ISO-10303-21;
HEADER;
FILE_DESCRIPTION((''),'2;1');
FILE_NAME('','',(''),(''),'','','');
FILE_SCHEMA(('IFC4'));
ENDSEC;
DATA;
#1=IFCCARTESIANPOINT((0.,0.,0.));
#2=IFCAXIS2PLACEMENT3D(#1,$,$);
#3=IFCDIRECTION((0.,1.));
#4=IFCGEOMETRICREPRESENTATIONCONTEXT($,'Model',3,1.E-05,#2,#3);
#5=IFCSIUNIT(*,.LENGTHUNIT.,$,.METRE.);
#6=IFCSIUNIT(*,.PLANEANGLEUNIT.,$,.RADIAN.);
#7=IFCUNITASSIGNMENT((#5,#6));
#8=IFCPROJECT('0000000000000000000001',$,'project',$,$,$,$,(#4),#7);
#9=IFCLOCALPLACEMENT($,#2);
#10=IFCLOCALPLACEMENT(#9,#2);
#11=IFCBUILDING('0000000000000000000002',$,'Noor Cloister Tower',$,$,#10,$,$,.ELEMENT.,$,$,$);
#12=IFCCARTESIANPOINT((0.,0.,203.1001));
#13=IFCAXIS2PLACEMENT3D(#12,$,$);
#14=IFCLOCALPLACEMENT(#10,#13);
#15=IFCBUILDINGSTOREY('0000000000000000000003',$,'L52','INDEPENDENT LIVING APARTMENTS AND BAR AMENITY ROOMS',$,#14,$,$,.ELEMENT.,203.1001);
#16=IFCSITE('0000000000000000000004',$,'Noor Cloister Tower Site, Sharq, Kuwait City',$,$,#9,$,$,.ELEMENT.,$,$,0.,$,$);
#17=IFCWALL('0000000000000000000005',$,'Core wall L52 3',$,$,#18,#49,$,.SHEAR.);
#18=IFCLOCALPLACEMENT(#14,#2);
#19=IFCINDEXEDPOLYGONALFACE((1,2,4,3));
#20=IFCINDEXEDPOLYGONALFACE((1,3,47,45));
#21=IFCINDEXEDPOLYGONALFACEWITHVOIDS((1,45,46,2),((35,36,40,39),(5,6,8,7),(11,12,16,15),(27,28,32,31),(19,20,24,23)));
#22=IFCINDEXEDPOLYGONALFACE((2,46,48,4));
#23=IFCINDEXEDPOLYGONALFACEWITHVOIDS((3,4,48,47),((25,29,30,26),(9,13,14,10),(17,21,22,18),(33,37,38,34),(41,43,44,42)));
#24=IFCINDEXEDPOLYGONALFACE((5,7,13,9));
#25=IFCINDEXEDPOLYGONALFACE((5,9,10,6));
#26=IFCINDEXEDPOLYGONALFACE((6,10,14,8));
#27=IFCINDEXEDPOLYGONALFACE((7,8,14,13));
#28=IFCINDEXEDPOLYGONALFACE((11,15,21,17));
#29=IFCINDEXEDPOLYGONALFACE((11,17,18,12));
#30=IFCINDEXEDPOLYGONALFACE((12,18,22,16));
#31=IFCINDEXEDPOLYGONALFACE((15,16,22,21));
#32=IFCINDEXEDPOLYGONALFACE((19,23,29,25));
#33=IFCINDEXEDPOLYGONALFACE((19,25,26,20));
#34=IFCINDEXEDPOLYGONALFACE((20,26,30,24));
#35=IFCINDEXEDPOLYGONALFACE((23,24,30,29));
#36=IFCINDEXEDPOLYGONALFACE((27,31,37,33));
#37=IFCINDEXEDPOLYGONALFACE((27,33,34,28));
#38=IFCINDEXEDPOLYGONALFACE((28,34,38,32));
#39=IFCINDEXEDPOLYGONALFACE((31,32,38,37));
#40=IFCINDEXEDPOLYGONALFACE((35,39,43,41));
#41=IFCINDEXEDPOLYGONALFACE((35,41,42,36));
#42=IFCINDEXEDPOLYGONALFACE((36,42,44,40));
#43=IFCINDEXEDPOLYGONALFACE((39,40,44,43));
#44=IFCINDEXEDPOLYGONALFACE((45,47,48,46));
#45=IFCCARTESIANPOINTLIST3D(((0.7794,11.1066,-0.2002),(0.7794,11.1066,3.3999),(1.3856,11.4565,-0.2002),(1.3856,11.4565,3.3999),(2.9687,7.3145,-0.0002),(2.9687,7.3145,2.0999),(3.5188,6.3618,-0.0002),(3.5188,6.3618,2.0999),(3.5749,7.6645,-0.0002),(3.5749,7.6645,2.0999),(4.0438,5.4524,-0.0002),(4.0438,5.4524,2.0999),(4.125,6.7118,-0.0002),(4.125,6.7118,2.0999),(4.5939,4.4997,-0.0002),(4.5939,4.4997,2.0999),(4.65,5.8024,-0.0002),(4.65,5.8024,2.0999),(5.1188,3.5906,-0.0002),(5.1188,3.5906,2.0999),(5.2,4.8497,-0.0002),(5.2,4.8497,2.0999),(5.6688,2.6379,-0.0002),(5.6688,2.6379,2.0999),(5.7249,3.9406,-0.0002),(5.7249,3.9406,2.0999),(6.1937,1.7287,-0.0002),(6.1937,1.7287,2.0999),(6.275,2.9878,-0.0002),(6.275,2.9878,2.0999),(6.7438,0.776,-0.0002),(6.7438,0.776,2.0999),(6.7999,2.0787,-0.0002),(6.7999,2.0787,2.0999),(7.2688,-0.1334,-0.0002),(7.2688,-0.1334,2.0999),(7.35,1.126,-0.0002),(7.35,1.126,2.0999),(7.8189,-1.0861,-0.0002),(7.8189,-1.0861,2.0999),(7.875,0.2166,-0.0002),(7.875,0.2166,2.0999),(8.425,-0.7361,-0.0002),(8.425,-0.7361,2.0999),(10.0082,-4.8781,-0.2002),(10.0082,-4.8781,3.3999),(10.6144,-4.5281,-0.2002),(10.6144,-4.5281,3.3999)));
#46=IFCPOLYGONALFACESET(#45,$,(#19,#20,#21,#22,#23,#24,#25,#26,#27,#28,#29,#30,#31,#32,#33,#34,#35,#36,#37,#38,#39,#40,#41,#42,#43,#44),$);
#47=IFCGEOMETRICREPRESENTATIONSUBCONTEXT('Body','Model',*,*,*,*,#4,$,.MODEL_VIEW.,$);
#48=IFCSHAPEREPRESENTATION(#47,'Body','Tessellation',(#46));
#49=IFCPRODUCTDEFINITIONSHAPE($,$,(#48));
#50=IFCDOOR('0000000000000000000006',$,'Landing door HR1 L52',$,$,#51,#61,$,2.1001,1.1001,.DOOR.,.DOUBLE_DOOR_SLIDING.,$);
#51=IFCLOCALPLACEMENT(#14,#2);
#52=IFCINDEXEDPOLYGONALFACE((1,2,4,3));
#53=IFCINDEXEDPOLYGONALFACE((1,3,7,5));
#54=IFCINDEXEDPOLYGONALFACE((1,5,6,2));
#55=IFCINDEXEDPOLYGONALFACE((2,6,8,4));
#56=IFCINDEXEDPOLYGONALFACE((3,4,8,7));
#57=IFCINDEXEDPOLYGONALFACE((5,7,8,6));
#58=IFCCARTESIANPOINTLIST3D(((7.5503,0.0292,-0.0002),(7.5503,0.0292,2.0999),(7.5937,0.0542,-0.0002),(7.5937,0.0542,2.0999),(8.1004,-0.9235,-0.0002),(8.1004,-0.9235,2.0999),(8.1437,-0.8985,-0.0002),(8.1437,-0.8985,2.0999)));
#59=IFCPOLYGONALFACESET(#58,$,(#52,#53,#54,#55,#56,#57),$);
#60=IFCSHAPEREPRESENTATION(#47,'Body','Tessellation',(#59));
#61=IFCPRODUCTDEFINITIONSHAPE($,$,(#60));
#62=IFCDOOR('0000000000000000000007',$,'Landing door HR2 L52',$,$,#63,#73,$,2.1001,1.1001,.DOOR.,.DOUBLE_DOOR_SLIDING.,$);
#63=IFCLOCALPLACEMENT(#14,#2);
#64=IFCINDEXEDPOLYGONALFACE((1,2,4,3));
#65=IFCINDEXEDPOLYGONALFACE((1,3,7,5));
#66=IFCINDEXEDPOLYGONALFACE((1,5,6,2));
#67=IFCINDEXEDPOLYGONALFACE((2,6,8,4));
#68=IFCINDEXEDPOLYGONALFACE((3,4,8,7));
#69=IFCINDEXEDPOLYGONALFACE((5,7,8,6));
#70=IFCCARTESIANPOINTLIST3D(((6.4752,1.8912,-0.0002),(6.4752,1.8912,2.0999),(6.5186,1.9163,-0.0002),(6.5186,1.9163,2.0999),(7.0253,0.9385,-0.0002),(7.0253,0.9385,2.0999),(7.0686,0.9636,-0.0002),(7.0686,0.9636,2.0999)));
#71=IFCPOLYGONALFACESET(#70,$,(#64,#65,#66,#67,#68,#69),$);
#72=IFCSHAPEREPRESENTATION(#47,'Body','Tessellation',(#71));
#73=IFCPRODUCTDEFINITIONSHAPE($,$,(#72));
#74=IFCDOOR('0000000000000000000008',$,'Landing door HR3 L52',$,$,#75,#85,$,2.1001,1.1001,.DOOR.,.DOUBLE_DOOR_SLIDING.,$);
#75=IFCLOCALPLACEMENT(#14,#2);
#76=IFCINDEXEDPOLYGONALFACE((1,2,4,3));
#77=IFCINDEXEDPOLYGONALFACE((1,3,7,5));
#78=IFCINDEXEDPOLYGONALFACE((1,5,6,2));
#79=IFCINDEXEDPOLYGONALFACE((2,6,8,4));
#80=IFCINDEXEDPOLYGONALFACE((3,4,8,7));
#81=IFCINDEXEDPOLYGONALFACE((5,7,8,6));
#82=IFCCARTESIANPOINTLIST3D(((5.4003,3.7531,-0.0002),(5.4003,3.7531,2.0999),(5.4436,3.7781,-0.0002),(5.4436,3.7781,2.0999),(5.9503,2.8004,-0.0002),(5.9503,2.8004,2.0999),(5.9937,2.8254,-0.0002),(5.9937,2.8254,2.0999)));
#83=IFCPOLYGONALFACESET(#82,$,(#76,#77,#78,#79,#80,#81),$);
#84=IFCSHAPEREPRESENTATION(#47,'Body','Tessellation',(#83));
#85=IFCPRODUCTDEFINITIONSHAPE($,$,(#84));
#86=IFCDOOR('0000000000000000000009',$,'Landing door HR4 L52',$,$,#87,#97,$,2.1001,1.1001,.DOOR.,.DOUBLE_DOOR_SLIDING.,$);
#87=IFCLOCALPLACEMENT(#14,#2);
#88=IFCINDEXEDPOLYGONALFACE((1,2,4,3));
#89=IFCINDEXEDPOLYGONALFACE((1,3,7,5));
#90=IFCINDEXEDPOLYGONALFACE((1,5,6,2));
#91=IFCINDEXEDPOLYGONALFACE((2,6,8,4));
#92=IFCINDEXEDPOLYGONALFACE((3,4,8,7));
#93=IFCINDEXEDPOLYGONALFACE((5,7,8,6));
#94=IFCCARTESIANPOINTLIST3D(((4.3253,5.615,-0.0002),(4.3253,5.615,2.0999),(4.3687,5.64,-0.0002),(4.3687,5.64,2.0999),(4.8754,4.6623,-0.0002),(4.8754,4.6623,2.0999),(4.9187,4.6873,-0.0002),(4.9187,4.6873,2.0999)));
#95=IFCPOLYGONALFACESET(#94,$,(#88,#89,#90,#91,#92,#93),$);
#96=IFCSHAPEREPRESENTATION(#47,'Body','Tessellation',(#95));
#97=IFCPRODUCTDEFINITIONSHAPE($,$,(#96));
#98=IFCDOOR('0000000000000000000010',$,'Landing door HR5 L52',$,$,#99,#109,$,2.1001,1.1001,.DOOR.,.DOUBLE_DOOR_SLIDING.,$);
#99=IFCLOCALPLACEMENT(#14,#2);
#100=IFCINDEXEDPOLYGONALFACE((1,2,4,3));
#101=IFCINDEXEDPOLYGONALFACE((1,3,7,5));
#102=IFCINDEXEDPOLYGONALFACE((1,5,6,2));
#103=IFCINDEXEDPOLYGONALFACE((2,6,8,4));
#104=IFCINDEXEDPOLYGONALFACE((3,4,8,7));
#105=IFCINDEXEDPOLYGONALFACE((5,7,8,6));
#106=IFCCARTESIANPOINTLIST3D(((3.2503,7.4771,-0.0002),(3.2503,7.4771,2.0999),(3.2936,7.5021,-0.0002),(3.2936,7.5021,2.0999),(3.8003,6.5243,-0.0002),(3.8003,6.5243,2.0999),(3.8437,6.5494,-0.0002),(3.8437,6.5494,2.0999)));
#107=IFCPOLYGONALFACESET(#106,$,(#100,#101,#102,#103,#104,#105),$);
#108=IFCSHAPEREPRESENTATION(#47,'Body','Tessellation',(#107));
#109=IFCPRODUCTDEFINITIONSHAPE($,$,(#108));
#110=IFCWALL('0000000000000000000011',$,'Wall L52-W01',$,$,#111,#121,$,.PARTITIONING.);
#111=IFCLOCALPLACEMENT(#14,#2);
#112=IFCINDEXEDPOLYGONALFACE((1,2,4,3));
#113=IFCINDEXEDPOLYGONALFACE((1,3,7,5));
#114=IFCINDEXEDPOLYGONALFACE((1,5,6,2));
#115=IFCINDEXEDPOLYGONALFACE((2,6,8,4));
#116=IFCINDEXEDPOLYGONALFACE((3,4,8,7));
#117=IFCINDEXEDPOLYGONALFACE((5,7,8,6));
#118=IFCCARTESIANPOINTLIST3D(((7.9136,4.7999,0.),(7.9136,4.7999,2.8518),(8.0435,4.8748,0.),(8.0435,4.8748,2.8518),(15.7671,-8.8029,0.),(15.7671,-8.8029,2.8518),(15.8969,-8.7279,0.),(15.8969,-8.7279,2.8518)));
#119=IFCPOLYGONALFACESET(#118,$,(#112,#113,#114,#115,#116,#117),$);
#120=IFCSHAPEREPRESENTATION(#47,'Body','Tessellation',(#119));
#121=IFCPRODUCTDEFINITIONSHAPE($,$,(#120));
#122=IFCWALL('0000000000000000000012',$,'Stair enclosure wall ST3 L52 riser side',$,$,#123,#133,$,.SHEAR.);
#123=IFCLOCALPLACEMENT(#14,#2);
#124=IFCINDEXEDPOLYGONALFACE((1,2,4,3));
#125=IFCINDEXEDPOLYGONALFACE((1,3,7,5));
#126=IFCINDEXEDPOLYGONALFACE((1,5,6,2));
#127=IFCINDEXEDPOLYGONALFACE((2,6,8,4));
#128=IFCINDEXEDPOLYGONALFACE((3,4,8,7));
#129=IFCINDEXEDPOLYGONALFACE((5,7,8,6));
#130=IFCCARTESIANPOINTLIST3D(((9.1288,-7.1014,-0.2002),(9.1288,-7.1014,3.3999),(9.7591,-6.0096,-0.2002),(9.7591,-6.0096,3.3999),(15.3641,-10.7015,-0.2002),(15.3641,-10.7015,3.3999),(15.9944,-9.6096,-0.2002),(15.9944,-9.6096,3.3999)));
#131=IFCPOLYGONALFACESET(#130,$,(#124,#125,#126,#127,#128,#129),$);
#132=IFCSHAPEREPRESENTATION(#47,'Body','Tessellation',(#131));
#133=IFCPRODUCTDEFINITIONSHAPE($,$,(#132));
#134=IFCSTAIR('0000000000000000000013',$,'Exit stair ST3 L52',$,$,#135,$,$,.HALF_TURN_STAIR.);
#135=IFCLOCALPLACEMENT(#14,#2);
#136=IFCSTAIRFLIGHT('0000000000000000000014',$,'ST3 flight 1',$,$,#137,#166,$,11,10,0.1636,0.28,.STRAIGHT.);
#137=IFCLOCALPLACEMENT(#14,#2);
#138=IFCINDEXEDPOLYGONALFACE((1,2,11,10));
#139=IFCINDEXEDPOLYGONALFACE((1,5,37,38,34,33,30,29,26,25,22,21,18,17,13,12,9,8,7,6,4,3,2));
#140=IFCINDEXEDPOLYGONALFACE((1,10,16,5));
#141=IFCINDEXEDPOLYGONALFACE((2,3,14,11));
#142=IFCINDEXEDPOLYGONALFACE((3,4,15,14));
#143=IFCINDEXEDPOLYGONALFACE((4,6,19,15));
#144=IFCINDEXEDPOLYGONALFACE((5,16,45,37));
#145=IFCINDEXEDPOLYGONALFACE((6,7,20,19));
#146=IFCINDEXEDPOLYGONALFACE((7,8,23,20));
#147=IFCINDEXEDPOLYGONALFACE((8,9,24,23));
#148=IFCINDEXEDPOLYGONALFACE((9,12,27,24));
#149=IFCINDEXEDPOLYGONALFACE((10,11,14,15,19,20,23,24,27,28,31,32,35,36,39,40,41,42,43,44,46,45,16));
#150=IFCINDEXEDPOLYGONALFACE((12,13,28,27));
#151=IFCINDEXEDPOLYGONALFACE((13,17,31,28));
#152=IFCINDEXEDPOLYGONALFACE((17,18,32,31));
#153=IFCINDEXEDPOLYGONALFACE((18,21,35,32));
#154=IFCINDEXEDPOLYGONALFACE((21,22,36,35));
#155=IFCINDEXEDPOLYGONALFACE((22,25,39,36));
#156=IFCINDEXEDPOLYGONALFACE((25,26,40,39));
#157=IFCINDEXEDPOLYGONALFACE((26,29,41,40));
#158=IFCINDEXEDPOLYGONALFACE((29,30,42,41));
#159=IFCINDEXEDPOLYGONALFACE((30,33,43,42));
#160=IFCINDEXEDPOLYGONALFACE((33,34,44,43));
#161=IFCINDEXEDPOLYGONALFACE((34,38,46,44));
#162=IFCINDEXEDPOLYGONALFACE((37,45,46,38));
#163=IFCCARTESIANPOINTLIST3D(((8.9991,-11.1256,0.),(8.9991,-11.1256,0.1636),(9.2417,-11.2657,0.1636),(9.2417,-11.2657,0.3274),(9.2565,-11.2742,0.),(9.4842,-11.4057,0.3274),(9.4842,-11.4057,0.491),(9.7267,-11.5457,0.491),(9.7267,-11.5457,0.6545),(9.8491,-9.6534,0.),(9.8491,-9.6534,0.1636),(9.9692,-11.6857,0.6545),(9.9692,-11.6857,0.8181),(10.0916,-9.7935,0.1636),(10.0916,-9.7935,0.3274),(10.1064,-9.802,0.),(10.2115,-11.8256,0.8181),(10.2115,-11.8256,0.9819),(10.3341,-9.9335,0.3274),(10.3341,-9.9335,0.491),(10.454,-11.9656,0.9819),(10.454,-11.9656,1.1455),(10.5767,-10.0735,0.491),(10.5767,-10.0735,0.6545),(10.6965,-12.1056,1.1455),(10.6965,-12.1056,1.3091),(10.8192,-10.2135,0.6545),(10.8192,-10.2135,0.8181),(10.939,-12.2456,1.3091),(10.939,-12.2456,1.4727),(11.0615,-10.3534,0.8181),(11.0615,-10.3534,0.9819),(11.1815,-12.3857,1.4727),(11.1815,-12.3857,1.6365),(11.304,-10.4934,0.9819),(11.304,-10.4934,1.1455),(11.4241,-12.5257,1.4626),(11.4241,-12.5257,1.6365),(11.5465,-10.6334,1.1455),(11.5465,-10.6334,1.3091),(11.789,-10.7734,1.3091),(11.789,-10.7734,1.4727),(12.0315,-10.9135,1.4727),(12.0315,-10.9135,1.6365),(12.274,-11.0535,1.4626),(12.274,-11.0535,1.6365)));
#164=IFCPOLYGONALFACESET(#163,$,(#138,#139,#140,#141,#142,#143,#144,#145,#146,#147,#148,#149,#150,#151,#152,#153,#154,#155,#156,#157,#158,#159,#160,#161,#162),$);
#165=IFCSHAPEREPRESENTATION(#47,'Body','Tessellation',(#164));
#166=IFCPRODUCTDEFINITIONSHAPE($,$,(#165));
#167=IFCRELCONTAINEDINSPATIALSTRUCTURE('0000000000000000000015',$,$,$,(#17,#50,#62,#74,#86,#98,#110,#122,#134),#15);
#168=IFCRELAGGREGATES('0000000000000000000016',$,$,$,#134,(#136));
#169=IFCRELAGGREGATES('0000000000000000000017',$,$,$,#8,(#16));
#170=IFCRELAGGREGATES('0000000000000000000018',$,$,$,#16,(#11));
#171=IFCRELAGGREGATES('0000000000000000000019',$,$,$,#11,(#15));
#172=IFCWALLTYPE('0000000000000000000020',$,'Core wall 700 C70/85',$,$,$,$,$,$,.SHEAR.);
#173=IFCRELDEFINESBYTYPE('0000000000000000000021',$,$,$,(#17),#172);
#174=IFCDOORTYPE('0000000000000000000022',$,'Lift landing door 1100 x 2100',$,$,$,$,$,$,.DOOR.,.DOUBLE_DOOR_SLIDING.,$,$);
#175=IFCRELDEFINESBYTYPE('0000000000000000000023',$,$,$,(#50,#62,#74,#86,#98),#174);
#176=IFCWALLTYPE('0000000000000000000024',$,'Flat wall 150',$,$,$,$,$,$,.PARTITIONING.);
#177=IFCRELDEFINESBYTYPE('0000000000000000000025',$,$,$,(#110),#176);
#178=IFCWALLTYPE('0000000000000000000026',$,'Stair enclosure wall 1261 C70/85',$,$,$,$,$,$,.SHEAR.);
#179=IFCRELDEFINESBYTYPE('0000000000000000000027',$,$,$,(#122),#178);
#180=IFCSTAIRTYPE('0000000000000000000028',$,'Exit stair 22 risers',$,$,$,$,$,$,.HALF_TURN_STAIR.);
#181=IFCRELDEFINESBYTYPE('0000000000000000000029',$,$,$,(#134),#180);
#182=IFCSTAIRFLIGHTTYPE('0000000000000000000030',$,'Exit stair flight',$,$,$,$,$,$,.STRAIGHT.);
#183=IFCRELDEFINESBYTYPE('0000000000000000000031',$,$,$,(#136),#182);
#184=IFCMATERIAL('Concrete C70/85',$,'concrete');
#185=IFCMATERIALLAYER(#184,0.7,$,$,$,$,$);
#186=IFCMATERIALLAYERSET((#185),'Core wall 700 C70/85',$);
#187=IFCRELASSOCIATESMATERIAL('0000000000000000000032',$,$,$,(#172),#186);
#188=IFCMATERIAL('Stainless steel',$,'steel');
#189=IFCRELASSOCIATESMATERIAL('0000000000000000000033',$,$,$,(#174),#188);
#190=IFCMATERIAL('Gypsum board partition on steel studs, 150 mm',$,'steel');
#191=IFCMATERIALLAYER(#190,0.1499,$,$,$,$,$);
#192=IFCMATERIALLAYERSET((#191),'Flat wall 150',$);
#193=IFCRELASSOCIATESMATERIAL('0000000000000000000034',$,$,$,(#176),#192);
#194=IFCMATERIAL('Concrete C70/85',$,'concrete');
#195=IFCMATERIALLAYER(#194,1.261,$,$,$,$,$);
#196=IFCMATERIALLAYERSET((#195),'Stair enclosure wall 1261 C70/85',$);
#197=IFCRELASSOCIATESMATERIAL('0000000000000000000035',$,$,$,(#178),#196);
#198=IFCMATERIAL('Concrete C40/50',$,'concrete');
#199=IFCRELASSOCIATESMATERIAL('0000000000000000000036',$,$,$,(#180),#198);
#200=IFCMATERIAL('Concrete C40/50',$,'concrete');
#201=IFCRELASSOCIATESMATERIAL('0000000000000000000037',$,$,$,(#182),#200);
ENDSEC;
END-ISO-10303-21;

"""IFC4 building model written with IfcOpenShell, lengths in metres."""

from ifc_helpers import new_model, si_unit, direction, frame, frame_2d, origin, place, context, subcontext, project, spatial, polyline, rectangle, outline, extrude, material, layer, layer_set, type_object, element, fill, aggregate, save


model = new_model("IFC4")

# Units and contexts
model_context = context("Model", 3, precision=1e-05, world=origin(), true_north=direction((0.0, 1.0)))
body_context = subcontext(model_context, "Body", "Model", "MODEL_VIEW")
ifc_project = project(units=[si_unit("LENGTHUNIT", "METRE"), si_unit("PLANEANGLEUNIT", "RADIAN")], contexts=[model_context])

# Site, building, storey
site_placement = place(None, origin())
site = spatial("IfcSite", under=ifc_project, at=site_placement, Name="Noor Cloister Tower Site, Sharq, Kuwait City", CompositionType="ELEMENT", RefElevation=0.0)
building_placement = place(site_placement, origin())
building = spatial("IfcBuilding", under=site, at=building_placement, Name="Noor Cloister Tower", CompositionType="ELEMENT")
storey_placement = place(building_placement, frame((0.0, 0.0, 203.1001)))
storey = spatial("IfcBuildingStorey", under=building, at=storey_placement, Name="L52", Description="INDEPENDENT LIVING APARTMENTS AND BAR AMENITY ROOMS", CompositionType="ELEMENT", Elevation=203.1001)

# Wall, openings, doors
ifc_material_1 = material(Name="Concrete C70/85", Category="concrete")
ifc_layer_1 = layer(ifc_material_1, 0.7)
ifc_layer_set_1 = layer_set([ifc_layer_1], Name="Core wall 700 C70/85")
wall_type_1 = type_object("IfcWallType", Name="Core wall 700 C70/85", PredefinedType="SHEAR", material=ifc_layer_set_1)
wall_1_placement = place(storey_placement, frame((10.3113, -4.7031, -0.2002), z_axis=(0.0, 0.0, 1.0), x_axis=(-0.500001, 0.866025, 0.0)))
wall_1 = element("IfcWall", 1, at=wall_1_placement, inside=storey, type_object=wall_type_1, Name="Core wall L52 3", PredefinedType="SHEAR", context=body_context, shape_type="SweptSolid", body=[
    extrude(rectangle(XDim=18.4575, YDim=0.7, at=frame_2d((9.2288, 0.0))), origin(), (0.0, 0.0, 1.0), 3.6001),
])
opening_1_placement = place(wall_1_placement, frame((4.3787, 0.0, 0.2)))
opening_1 = element("IfcOpeningElement", 2, at=opening_1_placement, cuts=wall_1, PredefinedType="OPENING", context=body_context, shape_type="SweptSolid", body=[
    extrude(rectangle(XDim=1.1001, YDim=2.1001, at=frame_2d((0.55, 1.05))), frame((0.0, 0.3599, 0.0), z_axis=(0.0, -1.0, 0.0), x_axis=(1.0, 0.0, 0.0)), (0.0, 0.0, 1.0), 0.72),
])
opening_2_placement = place(wall_1_placement, frame((6.5288, 0.0, 0.2)))
opening_2 = element("IfcOpeningElement", 3, at=opening_2_placement, cuts=wall_1, PredefinedType="OPENING", context=body_context, shape_type="SweptSolid", body=[
    extrude(rectangle(XDim=1.1001, YDim=2.1001, at=frame_2d((0.55, 1.05))), frame((0.0, 0.3599, 0.0), z_axis=(0.0, -1.0, 0.0), x_axis=(1.0, 0.0, 0.0)), (0.0, 0.0, 1.0), 0.72),
])
opening_3_placement = place(wall_1_placement, frame((8.6787, 0.0, 0.2)))
opening_3 = element("IfcOpeningElement", 4, at=opening_3_placement, cuts=wall_1, PredefinedType="OPENING", context=body_context, shape_type="SweptSolid", body=[
    extrude(rectangle(XDim=1.1001, YDim=2.1001, at=frame_2d((0.55, 1.05))), frame((0.0, 0.3599, 0.0), z_axis=(0.0, -1.0, 0.0), x_axis=(1.0, 0.0, 0.0)), (0.0, 0.0, 1.0), 0.72),
])
opening_4_placement = place(wall_1_placement, frame((10.8286, 0.0, 0.2)))
opening_4 = element("IfcOpeningElement", 5, at=opening_4_placement, cuts=wall_1, PredefinedType="OPENING", context=body_context, shape_type="SweptSolid", body=[
    extrude(rectangle(XDim=1.1001, YDim=2.1001, at=frame_2d((0.55, 1.05))), frame((0.0, 0.3599, 0.0), z_axis=(0.0, -1.0, 0.0), x_axis=(1.0, 0.0, 0.0)), (0.0, 0.0, 1.0), 0.72),
])
opening_5_placement = place(wall_1_placement, frame((12.9788, 0.0, 0.2)))
opening_5 = element("IfcOpeningElement", 6, at=opening_5_placement, cuts=wall_1, PredefinedType="OPENING", context=body_context, shape_type="SweptSolid", body=[
    extrude(rectangle(XDim=1.1001, YDim=2.1001, at=frame_2d((0.55, 1.05))), frame((0.0, 0.3599, 0.0), z_axis=(0.0, -1.0, 0.0), x_axis=(1.0, 0.0, 0.0)), (0.0, 0.0, 1.0), 0.72),
])
ifc_material_2 = material(Name="Stainless steel", Category="steel")
door_type = type_object("IfcDoorType", Name="Lift landing door 1100 x 2100", OperationType="DOUBLE_DOOR_SLIDING", PredefinedType="DOOR", material=ifc_material_2)
door_1_placement = place(opening_1_placement, origin())
door_1 = element("IfcDoor", 7, at=door_1_placement, inside=storey, type_object=door_type, Name="Landing door HR1 L52", OperationType="DOUBLE_DOOR_SLIDING", OverallHeight=2.1001, OverallWidth=1.1001, PredefinedType="DOOR", context=body_context, shape_type="SweptSolid", body=[
    extrude(rectangle(XDim=1.1001, YDim=2.1001, at=frame_2d((0.55, 1.05))), frame((0.0, 0.0249, 0.0), z_axis=(0.0, -1.0, 0.0), x_axis=(1.0, 0.0, 0.0)), (0.0, 0.0, 1.0), 0.05),
])
fill(opening_1, door_1)
door_2_placement = place(opening_2_placement, origin())
door_2 = element("IfcDoor", 8, at=door_2_placement, inside=storey, type_object=door_type, Name="Landing door HR2 L52", OperationType="DOUBLE_DOOR_SLIDING", OverallHeight=2.1001, OverallWidth=1.1001, PredefinedType="DOOR", context=body_context, shape_type="SweptSolid", body=[
    extrude(rectangle(XDim=1.1001, YDim=2.1001, at=frame_2d((0.55, 1.05))), frame((0.0, 0.0249, 0.0), z_axis=(0.0, -1.0, 0.0), x_axis=(1.0, 0.0, 0.0)), (0.0, 0.0, 1.0), 0.05),
])
fill(opening_2, door_2)
door_3_placement = place(opening_3_placement, origin())
door_3 = element("IfcDoor", 9, at=door_3_placement, inside=storey, type_object=door_type, Name="Landing door HR3 L52", OperationType="DOUBLE_DOOR_SLIDING", OverallHeight=2.1001, OverallWidth=1.1001, PredefinedType="DOOR", context=body_context, shape_type="SweptSolid", body=[
    extrude(rectangle(XDim=1.1001, YDim=2.1001, at=frame_2d((0.55, 1.05))), frame((0.0, 0.0249, 0.0), z_axis=(0.0, -1.0, 0.0), x_axis=(1.0, 0.0, 0.0)), (0.0, 0.0, 1.0), 0.05),
])
fill(opening_3, door_3)
door_4_placement = place(opening_4_placement, origin())
door_4 = element("IfcDoor", 10, at=door_4_placement, inside=storey, type_object=door_type, Name="Landing door HR4 L52", OperationType="DOUBLE_DOOR_SLIDING", OverallHeight=2.1001, OverallWidth=1.1001, PredefinedType="DOOR", context=body_context, shape_type="SweptSolid", body=[
    extrude(rectangle(XDim=1.1001, YDim=2.1001, at=frame_2d((0.55, 1.05))), frame((0.0, 0.0249, 0.0), z_axis=(0.0, -1.0, 0.0), x_axis=(1.0, 0.0, 0.0)), (0.0, 0.0, 1.0), 0.05),
])
fill(opening_4, door_4)
door_5_placement = place(opening_5_placement, origin())
door_5 = element("IfcDoor", 11, at=door_5_placement, inside=storey, type_object=door_type, Name="Landing door HR5 L52", OperationType="DOUBLE_DOOR_SLIDING", OverallHeight=2.1001, OverallWidth=1.1001, PredefinedType="DOOR", context=body_context, shape_type="SweptSolid", body=[
    extrude(rectangle(XDim=1.1001, YDim=2.1001, at=frame_2d((0.55, 1.05))), frame((0.0, 0.0249, 0.0), z_axis=(0.0, -1.0, 0.0), x_axis=(1.0, 0.0, 0.0)), (0.0, 0.0, 1.0), 0.05),
])
fill(opening_5, door_5)

# Walls
ifc_material_3 = material(Name="Gypsum board partition on steel studs, 150 mm", Category="steel")
ifc_layer_2 = layer(ifc_material_3, 0.1499)
ifc_layer_set_2 = layer_set([ifc_layer_2], Name="Flat wall 150")
wall_type_2 = type_object("IfcWallType", Name="Flat wall 150", PredefinedType="PARTITIONING", material=ifc_layer_set_2)
wall_2_placement = place(storey_placement, frame((15.832, -8.7654, 0.0), z_axis=(0.0, 0.0, 1.0), x_axis=(-0.499997, 0.866027, 0.0)))
element("IfcWall", 12, at=wall_2_placement, inside=storey, type_object=wall_type_2, Name="Wall L52-W01", PredefinedType="PARTITIONING", context=body_context, shape_type="SweptSolid", body=[
    extrude(rectangle(XDim=15.707, YDim=0.1499, at=frame_2d((7.8535, 0.0))), origin(), (0.0, 0.0, 1.0), 2.8518),
])
ifc_material_4 = material(Name="Concrete C70/85", Category="concrete")
ifc_layer_3 = layer(ifc_material_4, 1.261)
ifc_layer_set_3 = layer_set([ifc_layer_3], Name="Stair enclosure wall 1261 C70/85")
wall_type_3 = type_object("IfcWallType", Name="Stair enclosure wall 1261 C70/85", PredefinedType="SHEAR", material=ifc_layer_set_3)
wall_3_placement = place(storey_placement, frame((9.4438, -6.5554, -0.2002), z_axis=(0.0, 0.0, 1.0), x_axis=(0.866018, -0.500012, 0.0)))
element("IfcWall", 13, at=wall_3_placement, inside=storey, type_object=wall_type_3, Name="Stair enclosure wall ST3 L52 riser side", PredefinedType="SHEAR", context=body_context, shape_type="SweptSolid", body=[
    extrude(rectangle(XDim=7.2, YDim=1.2607, at=frame_2d((3.6001, 0.0))), origin(), (0.0, 0.0, 1.0), 3.6001),
])

# Stair, stair flight
ifc_material_5 = material(Name="Concrete C40/50", Category="concrete")
stair_type = type_object("IfcStairType", Name="Exit stair 22 risers", PredefinedType="HALF_TURN_STAIR", material=ifc_material_5)
stair_placement = place(storey_placement, origin())
stair = element("IfcStair", 14, at=stair_placement, inside=storey, type_object=stair_type, Name="Exit stair ST3 L52", PredefinedType="HALF_TURN_STAIR")
ifc_material_6 = material(Name="Concrete C40/50", Category="concrete")
stair_flight_type = type_object("IfcStairFlightType", Name="Exit stair flight", PredefinedType="STRAIGHT", material=ifc_material_6)
stair_flight_1_placement = place(storey_placement, frame((9.4241, -10.3896, 0.0), z_axis=(0.0, 0.0, 1.0), x_axis=(0.866025, -0.5, 0.0)))
stair_flight_1 = element("IfcStairFlight", 15, at=stair_flight_1_placement, type_object=stair_flight_type, Name="ST3 flight 1", NumberOfRisers=11, NumberOfTreads=10, PredefinedType="STRAIGHT", RiserHeight=0.1636, TreadLength=0.28, context=body_context, shape_type="SweptSolid", body=[
    extrude(outline(polyline([(0.0, 0.0), (0.0, 0.1636), (0.28, 0.1636), (0.28, 0.3274), (0.5601, 0.3274), (0.5601, 0.491), (0.8401, 0.491), (0.8401, 0.6545), (1.1201, 0.6545), (1.1201, 0.8181), (1.3999, 0.8181), (1.3999, 0.9819), (1.6799, 0.9819), (1.6799, 1.1455), (1.96, 1.1455), (1.96, 1.3091), (2.24, 1.3091), (2.24, 1.4727), (2.52, 1.4727), (2.52, 1.6365), (2.8, 1.6365), (2.8, 1.8), (2.8, 1.4626), (0.2971, 0.0), (0.0, 0.0)])), frame((0.0, 0.8501, 0.0), z_axis=(0.0, -1.0, 0.0), x_axis=(1.0, 0.0, 0.0)), (0.0, 0.0, 1.0), 1.7),
])
aggregate(stair, [stair_flight_1])

save(model, "model.ifc")
